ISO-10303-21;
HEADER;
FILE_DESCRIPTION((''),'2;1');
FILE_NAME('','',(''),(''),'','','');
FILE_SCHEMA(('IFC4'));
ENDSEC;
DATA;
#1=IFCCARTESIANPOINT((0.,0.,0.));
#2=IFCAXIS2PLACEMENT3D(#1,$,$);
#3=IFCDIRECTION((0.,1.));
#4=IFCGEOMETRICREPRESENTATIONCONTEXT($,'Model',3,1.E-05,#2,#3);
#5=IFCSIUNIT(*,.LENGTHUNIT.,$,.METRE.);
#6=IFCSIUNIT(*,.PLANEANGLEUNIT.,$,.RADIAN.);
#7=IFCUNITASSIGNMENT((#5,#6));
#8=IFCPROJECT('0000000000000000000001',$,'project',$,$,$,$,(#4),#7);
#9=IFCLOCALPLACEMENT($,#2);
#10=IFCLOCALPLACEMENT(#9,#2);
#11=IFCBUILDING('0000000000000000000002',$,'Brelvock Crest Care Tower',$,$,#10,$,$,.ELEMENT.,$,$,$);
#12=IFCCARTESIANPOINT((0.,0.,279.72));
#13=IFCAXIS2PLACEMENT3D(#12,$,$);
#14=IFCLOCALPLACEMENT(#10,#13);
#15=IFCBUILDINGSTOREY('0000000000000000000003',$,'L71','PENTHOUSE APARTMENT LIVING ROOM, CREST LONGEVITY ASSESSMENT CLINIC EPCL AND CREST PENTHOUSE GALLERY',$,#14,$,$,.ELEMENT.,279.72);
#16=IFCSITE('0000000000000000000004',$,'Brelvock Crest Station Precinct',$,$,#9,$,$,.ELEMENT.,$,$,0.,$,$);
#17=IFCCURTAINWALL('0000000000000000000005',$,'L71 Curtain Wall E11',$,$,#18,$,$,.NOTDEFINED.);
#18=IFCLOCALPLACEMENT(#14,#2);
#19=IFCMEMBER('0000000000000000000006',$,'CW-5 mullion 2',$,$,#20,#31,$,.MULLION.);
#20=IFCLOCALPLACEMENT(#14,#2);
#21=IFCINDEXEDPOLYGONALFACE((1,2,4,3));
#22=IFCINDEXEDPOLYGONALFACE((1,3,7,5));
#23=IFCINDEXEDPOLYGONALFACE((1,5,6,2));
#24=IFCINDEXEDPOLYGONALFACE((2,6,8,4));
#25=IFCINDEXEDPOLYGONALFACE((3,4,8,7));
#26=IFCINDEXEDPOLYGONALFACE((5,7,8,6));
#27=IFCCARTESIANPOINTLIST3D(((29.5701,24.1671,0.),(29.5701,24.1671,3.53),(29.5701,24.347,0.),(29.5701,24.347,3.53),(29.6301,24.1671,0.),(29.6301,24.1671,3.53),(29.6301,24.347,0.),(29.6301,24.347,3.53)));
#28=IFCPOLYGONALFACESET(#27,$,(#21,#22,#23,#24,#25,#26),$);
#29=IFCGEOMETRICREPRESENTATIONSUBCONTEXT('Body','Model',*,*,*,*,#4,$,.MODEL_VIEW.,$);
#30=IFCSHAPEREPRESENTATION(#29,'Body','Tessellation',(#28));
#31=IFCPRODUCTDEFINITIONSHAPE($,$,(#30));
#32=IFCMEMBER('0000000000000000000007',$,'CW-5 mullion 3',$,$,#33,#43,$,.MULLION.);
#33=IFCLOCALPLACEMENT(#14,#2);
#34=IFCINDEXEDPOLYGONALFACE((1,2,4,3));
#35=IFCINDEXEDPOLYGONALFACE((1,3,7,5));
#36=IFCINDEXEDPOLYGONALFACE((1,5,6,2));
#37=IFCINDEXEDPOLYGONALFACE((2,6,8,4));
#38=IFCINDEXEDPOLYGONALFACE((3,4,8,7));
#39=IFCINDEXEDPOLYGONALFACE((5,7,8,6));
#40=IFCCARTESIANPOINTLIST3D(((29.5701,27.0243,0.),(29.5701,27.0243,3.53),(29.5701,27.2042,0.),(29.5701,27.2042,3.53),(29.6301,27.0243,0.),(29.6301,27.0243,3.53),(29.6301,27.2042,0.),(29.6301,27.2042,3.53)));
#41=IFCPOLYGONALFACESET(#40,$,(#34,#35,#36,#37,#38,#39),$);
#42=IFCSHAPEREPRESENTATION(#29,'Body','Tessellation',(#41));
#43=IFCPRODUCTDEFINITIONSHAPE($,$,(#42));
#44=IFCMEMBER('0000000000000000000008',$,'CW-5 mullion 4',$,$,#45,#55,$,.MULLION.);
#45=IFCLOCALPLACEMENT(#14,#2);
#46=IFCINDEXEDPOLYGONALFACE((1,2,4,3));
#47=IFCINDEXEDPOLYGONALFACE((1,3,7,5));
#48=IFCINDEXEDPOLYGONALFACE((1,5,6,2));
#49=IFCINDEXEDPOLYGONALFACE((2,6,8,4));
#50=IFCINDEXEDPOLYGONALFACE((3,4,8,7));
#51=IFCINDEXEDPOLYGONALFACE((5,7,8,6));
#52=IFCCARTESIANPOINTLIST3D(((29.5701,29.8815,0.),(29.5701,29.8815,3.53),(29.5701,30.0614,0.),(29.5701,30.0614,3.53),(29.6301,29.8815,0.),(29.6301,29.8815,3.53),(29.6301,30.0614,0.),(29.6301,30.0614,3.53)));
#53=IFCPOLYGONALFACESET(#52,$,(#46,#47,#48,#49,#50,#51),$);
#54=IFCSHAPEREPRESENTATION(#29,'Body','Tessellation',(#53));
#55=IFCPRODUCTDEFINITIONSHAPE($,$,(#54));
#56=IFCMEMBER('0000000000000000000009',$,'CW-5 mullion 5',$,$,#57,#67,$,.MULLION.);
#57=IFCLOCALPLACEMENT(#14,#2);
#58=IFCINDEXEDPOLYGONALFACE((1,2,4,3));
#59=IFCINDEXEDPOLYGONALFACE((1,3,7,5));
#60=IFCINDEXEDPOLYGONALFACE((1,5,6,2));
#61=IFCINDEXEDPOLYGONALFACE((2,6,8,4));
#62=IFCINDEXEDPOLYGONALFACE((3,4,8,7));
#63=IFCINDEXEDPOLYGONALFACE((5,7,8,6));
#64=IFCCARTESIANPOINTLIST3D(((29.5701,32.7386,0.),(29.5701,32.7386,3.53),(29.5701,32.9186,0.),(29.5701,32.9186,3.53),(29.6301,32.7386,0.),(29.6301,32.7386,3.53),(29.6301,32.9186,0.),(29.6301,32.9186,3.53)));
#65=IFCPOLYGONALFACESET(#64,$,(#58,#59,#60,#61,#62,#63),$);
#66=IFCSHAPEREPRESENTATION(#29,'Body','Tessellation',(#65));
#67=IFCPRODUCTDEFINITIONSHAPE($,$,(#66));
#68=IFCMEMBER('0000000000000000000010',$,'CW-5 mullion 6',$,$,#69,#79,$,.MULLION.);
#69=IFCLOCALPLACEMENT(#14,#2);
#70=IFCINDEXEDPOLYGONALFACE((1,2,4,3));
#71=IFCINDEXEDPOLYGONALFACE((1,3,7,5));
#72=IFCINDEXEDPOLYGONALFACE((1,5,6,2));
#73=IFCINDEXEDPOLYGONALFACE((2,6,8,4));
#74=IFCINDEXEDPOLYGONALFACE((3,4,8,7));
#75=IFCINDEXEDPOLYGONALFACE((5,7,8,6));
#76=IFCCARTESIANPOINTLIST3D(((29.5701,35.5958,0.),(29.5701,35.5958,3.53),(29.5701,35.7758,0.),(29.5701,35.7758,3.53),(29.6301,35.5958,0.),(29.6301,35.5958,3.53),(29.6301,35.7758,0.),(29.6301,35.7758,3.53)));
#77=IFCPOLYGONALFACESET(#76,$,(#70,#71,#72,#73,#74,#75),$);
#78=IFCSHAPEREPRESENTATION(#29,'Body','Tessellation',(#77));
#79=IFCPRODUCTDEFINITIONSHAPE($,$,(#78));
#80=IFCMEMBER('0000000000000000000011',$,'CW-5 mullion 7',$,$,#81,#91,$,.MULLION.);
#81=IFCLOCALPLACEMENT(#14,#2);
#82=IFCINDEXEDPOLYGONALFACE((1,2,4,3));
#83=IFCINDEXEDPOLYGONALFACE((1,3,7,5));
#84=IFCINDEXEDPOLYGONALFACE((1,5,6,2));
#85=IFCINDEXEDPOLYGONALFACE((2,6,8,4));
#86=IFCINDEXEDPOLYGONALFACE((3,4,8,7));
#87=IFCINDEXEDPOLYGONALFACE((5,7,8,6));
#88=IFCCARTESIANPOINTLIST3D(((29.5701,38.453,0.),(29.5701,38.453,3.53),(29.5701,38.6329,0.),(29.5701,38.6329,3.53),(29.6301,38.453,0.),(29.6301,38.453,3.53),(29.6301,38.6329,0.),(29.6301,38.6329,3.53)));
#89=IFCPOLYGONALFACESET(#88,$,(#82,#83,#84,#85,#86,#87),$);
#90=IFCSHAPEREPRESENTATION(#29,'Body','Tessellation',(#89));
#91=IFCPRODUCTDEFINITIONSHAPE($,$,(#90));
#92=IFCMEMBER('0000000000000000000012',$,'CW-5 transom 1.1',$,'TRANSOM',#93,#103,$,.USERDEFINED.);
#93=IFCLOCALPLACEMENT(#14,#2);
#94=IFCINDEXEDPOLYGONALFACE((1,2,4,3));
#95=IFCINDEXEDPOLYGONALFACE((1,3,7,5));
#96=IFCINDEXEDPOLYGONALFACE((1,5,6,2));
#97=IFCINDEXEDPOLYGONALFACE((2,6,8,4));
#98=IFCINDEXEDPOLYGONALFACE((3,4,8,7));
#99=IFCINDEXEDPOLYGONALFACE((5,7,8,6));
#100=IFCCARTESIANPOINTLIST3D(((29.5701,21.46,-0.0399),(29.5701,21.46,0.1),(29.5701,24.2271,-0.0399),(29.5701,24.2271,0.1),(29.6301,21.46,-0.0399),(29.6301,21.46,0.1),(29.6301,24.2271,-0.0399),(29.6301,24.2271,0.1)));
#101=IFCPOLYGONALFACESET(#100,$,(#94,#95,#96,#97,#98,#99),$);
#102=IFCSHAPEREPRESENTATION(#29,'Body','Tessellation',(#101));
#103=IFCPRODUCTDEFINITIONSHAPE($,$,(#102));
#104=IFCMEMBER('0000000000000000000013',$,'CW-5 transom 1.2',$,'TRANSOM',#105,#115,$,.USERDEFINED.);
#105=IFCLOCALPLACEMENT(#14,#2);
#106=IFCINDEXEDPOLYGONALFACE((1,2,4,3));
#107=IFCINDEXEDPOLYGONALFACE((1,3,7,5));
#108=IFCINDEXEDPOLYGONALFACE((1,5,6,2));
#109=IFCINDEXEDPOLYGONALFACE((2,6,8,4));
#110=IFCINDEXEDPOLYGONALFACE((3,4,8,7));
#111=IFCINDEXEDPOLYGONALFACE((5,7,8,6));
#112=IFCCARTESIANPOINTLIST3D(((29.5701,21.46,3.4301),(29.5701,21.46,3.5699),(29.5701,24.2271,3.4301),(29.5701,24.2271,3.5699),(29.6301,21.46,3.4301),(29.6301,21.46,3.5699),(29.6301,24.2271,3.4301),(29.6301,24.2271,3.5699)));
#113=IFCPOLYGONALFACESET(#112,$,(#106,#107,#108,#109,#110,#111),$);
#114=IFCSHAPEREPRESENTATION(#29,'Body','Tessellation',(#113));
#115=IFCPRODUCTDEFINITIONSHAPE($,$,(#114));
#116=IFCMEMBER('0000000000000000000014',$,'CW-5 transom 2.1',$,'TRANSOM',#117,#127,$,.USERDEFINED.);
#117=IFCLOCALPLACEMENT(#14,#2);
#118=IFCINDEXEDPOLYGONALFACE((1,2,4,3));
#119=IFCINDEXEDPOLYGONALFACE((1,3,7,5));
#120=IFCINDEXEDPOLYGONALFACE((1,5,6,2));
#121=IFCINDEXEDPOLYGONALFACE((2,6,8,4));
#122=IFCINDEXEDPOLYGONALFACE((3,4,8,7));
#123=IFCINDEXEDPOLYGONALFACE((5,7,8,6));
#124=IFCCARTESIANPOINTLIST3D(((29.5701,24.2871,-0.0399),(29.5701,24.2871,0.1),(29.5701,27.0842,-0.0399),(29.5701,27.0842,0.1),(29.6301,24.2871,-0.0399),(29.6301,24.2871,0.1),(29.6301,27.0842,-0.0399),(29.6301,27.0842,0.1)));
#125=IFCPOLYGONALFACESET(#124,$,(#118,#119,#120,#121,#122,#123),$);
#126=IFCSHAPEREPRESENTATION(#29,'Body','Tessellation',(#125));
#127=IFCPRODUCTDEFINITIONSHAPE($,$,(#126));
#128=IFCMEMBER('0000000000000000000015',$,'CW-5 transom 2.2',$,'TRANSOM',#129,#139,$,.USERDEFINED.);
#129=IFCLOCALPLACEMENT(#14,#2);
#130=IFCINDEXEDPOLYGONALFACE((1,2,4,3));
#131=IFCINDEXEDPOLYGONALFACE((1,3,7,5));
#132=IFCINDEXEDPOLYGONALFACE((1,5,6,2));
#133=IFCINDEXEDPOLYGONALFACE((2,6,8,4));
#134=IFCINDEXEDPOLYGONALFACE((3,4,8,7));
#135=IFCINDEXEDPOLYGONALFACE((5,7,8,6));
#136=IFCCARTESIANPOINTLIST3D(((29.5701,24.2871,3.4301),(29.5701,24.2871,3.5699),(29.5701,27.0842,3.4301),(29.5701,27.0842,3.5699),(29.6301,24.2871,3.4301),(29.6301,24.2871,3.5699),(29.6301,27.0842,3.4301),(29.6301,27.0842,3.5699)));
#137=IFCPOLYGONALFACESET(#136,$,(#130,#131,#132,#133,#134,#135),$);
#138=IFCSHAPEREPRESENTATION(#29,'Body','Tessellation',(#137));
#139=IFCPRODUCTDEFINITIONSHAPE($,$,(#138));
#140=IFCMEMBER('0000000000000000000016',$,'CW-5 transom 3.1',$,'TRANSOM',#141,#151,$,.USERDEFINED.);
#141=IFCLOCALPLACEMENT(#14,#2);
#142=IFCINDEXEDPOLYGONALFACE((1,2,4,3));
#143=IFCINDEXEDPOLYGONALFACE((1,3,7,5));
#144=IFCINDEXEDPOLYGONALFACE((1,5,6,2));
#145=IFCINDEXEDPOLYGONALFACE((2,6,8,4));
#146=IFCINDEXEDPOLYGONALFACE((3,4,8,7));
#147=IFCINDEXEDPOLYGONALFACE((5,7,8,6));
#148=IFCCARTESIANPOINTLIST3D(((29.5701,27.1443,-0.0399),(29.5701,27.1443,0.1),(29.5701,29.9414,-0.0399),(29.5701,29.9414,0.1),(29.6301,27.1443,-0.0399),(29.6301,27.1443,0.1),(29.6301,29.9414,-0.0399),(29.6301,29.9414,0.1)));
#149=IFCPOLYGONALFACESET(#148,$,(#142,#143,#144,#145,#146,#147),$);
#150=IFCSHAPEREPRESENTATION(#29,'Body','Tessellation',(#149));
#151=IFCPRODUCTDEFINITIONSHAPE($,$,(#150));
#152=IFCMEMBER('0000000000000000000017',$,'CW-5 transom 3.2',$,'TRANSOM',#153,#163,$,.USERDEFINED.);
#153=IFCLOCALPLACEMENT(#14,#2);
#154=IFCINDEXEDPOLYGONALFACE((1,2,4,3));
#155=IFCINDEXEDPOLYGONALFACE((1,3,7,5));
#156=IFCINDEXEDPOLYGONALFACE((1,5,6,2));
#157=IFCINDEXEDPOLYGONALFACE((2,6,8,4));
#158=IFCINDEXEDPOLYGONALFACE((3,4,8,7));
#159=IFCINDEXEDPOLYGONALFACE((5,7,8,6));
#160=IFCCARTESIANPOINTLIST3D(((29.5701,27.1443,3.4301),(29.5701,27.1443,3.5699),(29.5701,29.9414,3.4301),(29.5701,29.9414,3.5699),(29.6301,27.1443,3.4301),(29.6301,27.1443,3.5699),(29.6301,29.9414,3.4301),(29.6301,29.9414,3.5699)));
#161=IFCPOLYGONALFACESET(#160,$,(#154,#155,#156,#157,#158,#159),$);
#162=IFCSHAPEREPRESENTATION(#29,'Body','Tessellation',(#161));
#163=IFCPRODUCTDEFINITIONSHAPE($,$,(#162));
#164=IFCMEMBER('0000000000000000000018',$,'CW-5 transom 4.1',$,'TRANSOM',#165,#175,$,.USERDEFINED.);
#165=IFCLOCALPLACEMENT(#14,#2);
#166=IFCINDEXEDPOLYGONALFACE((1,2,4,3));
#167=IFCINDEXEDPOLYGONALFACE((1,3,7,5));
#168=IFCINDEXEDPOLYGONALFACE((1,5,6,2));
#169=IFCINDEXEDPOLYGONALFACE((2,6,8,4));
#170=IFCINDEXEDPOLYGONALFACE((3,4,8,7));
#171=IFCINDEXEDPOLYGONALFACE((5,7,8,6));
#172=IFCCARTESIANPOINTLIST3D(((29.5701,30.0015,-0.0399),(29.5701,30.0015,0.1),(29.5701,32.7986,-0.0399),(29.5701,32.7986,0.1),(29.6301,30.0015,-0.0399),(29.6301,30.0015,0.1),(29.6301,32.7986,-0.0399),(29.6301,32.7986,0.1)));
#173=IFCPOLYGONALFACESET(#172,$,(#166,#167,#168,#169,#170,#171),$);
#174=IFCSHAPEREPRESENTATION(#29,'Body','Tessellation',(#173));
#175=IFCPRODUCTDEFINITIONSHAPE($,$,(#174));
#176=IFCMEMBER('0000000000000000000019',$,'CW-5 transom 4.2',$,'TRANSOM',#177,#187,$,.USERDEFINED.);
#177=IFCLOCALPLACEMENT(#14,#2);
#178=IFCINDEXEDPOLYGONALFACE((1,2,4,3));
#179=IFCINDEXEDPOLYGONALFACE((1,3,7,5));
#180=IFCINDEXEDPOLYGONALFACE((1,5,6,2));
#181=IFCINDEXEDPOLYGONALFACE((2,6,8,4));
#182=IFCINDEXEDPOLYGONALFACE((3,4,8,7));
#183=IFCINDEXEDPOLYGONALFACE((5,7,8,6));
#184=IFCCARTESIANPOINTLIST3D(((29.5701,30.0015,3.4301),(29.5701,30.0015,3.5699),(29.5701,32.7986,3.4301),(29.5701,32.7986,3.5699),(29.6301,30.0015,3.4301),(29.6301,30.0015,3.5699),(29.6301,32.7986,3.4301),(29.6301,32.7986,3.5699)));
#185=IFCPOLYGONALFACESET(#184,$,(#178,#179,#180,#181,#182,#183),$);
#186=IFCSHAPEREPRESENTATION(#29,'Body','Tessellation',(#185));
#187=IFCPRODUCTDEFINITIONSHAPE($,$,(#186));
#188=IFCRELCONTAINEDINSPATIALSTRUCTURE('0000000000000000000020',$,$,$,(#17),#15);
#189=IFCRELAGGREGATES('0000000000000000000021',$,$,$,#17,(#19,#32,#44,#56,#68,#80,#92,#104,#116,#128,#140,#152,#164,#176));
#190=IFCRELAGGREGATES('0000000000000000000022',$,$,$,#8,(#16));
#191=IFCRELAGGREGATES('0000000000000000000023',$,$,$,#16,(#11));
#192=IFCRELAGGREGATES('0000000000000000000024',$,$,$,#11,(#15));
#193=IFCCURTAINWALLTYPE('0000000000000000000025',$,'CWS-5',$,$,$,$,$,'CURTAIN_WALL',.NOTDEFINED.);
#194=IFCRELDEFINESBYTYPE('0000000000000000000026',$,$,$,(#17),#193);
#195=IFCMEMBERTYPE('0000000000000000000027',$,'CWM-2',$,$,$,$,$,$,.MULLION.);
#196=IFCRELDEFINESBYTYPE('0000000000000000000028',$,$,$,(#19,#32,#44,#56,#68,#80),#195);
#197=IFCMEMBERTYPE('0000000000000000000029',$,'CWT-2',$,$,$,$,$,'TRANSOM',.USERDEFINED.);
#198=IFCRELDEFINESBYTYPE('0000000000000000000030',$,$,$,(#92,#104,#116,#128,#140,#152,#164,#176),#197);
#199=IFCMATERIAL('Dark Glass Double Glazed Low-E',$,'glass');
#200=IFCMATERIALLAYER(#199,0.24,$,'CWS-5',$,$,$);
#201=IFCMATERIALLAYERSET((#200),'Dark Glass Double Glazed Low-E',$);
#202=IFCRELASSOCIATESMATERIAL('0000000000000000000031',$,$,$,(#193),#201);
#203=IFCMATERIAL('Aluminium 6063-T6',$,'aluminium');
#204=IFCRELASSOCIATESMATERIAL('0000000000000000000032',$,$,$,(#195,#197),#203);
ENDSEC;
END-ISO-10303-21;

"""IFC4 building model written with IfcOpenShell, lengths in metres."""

from ifc_helpers import new_model, si_unit, direction, frame, origin, origin_2d, place, context, subcontext, project, spatial, rectangle, extrude, source, transform, mapped, material, layer, layer_set, material_profile, profile_set, type_object, element, aggregate, save


model = new_model("IFC4")

# Units and contexts
model_context = context("Model", 3, precision=1e-05, world=origin(), true_north=direction((0.0, 1.0)))
body_context = subcontext(model_context, "Body", "Model", "MODEL_VIEW")
ifc_project = project(units=[si_unit("LENGTHUNIT", "METRE"), si_unit("PLANEANGLEUNIT", "RADIAN")], contexts=[model_context])

# Site, building, storey
site_placement = place(None, origin())
site = spatial("IfcSite", under=ifc_project, at=site_placement, Name="Brelvock Crest Station Precinct", CompositionType="ELEMENT", RefElevation=0.0)
building_placement = place(site_placement, origin())
building = spatial("IfcBuilding", under=site, at=building_placement, Name="Brelvock Crest Care Tower", CompositionType="ELEMENT")
storey_placement = place(building_placement, frame((0.0, 0.0, 279.72)))
storey = spatial("IfcBuildingStorey", under=building, at=storey_placement, Name="L71", Description="PENTHOUSE APARTMENT LIVING ROOM, CREST LONGEVITY ASSESSMENT CLINIC EPCL AND CREST PENTHOUSE GALLERY", CompositionType="ELEMENT", Elevation=279.72)

# Curtain wall, members
ifc_material_1 = material(Name="Dark Glass Double Glazed Low-E", Category="glass")
ifc_layer_1 = layer(ifc_material_1, 0.24, Name="CWS-5")
ifc_layer_set_1 = layer_set([ifc_layer_1], Name="Dark Glass Double Glazed Low-E")
curtain_wall_type = type_object("IfcCurtainWallType", Name="CWS-5", ElementType="CURTAIN_WALL", PredefinedType="NOTDEFINED", material=ifc_layer_set_1)
curtain_wall_placement = place(storey_placement, origin())
curtain_wall = element("IfcCurtainWall", 1, at=curtain_wall_placement, inside=storey, type_object=curtain_wall_type, Name="L71 Curtain Wall E11", PredefinedType="NOTDEFINED")
ifc_material_2 = material(Name="Aluminium 6063-T6", Category="aluminium")
ifc_material_profile_1 = material_profile(ifc_material_2, rectangle(XDim=0.0601, YDim=0.1799, at=origin_2d()), Name="ALU60x180")
ifc_profile_set_1 = profile_set([ifc_material_profile_1], Name="Aluminium 6063-T6")
member_type_1 = type_object("IfcMemberType", Name="CWM-2", PredefinedType="MULLION", material=ifc_profile_set_1)
shared_shape_1 = source(origin(), body_context, "Body", "SweptSolid", [
    extrude(rectangle(XDim=0.0601, YDim=0.1799, at=origin_2d()), origin(), (0.0, 0.0, 1.0), 3.53),
])
member_1_placement = place(storey_placement, frame((29.6001, 24.2571, 0.0), z_axis=(0.0, 0.0, 1.0), x_axis=(-1.0, 0.0, 0.0)))
member_1 = element("IfcMember", 2, at=member_1_placement, type_object=member_type_1, Name="CW-5 mullion 2", PredefinedType="MULLION", context=body_context, shape_type="MappedRepresentation", body=[
    mapped(shared_shape_1, transform((0.0, 0.0, 0.0), x_axis=(1.0, 0.0, 0.0), y_axis=(0.0, 1.0, 0.0), z_axis=(0.0, 0.0, 1.0), scale=1.0)),
])
member_2_placement = place(storey_placement, frame((29.6001, 27.1143, 0.0), z_axis=(0.0, 0.0, 1.0), x_axis=(-1.0, 0.0, 0.0)))
member_2 = element("IfcMember", 3, at=member_2_placement, type_object=member_type_1, Name="CW-5 mullion 3", PredefinedType="MULLION", context=body_context, shape_type="MappedRepresentation", body=[
    mapped(shared_shape_1, transform((0.0, 0.0, 0.0), x_axis=(1.0, 0.0, 0.0), y_axis=(0.0, 1.0, 0.0), z_axis=(0.0, 0.0, 1.0), scale=1.0)),
])
member_3_placement = place(storey_placement, frame((29.6001, 29.9714, 0.0), z_axis=(0.0, 0.0, 1.0), x_axis=(-1.0, 0.0, 0.0)))
member_3 = element("IfcMember", 4, at=member_3_placement, type_object=member_type_1, Name="CW-5 mullion 4", PredefinedType="MULLION", context=body_context, shape_type="MappedRepresentation", body=[
    mapped(shared_shape_1, transform((0.0, 0.0, 0.0), x_axis=(1.0, 0.0, 0.0), y_axis=(0.0, 1.0, 0.0), z_axis=(0.0, 0.0, 1.0), scale=1.0)),
])
member_4_placement = place(storey_placement, frame((29.6001, 32.8286, 0.0), z_axis=(0.0, 0.0, 1.0), x_axis=(-1.0, 0.0, 0.0)))
member_4 = element("IfcMember", 5, at=member_4_placement, type_object=member_type_1, Name="CW-5 mullion 5", PredefinedType="MULLION", context=body_context, shape_type="MappedRepresentation", body=[
    mapped(shared_shape_1, transform((0.0, 0.0, 0.0), x_axis=(1.0, 0.0, 0.0), y_axis=(0.0, 1.0, 0.0), z_axis=(0.0, 0.0, 1.0), scale=1.0)),
])
member_5_placement = place(storey_placement, frame((29.6001, 35.6858, 0.0), z_axis=(0.0, 0.0, 1.0), x_axis=(-1.0, 0.0, 0.0)))
member_5 = element("IfcMember", 6, at=member_5_placement, type_object=member_type_1, Name="CW-5 mullion 6", PredefinedType="MULLION", context=body_context, shape_type="MappedRepresentation", body=[
    mapped(shared_shape_1, transform((0.0, 0.0, 0.0), x_axis=(1.0, 0.0, 0.0), y_axis=(0.0, 1.0, 0.0), z_axis=(0.0, 0.0, 1.0), scale=1.0)),
])
member_6_placement = place(storey_placement, frame((29.6001, 38.543, 0.0), z_axis=(0.0, 0.0, 1.0), x_axis=(-1.0, 0.0, 0.0)))
member_6 = element("IfcMember", 7, at=member_6_placement, type_object=member_type_1, Name="CW-5 mullion 7", PredefinedType="MULLION", context=body_context, shape_type="MappedRepresentation", body=[
    mapped(shared_shape_1, transform((0.0, 0.0, 0.0), x_axis=(1.0, 0.0, 0.0), y_axis=(0.0, 1.0, 0.0), z_axis=(0.0, 0.0, 1.0), scale=1.0)),
])
ifc_material_profile_2 = material_profile(ifc_material_2, rectangle(XDim=0.0601, YDim=0.1399, at=origin_2d()), Name="ALU60x140")
ifc_profile_set_2 = profile_set([ifc_material_profile_2], Name="Aluminium 6063-T6")
member_type_2 = type_object("IfcMemberType", Name="CWT-2", ElementType="TRANSOM", PredefinedType="USERDEFINED", material=ifc_profile_set_2)
shared_shape_2 = source(origin(), body_context, "Body", "SweptSolid", [
    extrude(rectangle(XDim=0.0601, YDim=0.1399, at=origin_2d()), origin(), (0.0, 0.0, 1.0), 2.7671),
])
member_7_placement = place(storey_placement, frame((29.6001, 21.46, 0.03), z_axis=(0.0, 1.0, 0.0), x_axis=(-1.0, 0.0, 0.0)))
member_7 = element("IfcMember", 8, at=member_7_placement, type_object=member_type_2, Name="CW-5 transom 1.1", ObjectType="TRANSOM", PredefinedType="USERDEFINED", context=body_context, shape_type="MappedRepresentation", body=[
    mapped(shared_shape_2, transform((0.0, 0.0, 0.0), x_axis=(1.0, 0.0, 0.0), y_axis=(0.0, 1.0, 0.0), z_axis=(0.0, 0.0, 1.0), scale=1.0)),
])
member_8_placement = place(storey_placement, frame((29.6001, 21.46, 3.5), z_axis=(0.0, 1.0, 0.0), x_axis=(-1.0, 0.0, 0.0)))
member_8 = element("IfcMember", 9, at=member_8_placement, type_object=member_type_2, Name="CW-5 transom 1.2", ObjectType="TRANSOM", PredefinedType="USERDEFINED", context=body_context, shape_type="MappedRepresentation", body=[
    mapped(shared_shape_2, transform((0.0, 0.0, 0.0), x_axis=(1.0, 0.0, 0.0), y_axis=(0.0, 1.0, 0.0), z_axis=(0.0, 0.0, 1.0), scale=1.0)),
])
shared_shape_3 = source(origin(), body_context, "Body", "SweptSolid", [
    extrude(rectangle(XDim=0.0601, YDim=0.1399, at=origin_2d()), origin(), (0.0, 0.0, 1.0), 2.7971),
])
member_9_placement = place(storey_placement, frame((29.6001, 24.2871, 0.03), z_axis=(0.0, 1.0, 0.0), x_axis=(-1.0, 0.0, 0.0)))
member_9 = element("IfcMember", 10, at=member_9_placement, type_object=member_type_2, Name="CW-5 transom 2.1", ObjectType="TRANSOM", PredefinedType="USERDEFINED", context=body_context, shape_type="MappedRepresentation", body=[
    mapped(shared_shape_3, transform((0.0, 0.0, 0.0), x_axis=(1.0, 0.0, 0.0), y_axis=(0.0, 1.0, 0.0), z_axis=(0.0, 0.0, 1.0), scale=1.0)),
])
member_10_placement = place(storey_placement, frame((29.6001, 24.2871, 3.5), z_axis=(0.0, 1.0, 0.0), x_axis=(-1.0, 0.0, 0.0)))
member_10 = element("IfcMember", 11, at=member_10_placement, type_object=member_type_2, Name="CW-5 transom 2.2", ObjectType="TRANSOM", PredefinedType="USERDEFINED", context=body_context, shape_type="MappedRepresentation", body=[
    mapped(shared_shape_3, transform((0.0, 0.0, 0.0), x_axis=(1.0, 0.0, 0.0), y_axis=(0.0, 1.0, 0.0), z_axis=(0.0, 0.0, 1.0), scale=1.0)),
])
member_11_placement = place(storey_placement, frame((29.6001, 27.1443, 0.03), z_axis=(0.0, 1.0, 0.0), x_axis=(-1.0, 0.0, 0.0)))
member_11 = element("IfcMember", 12, at=member_11_placement, type_object=member_type_2, Name="CW-5 transom 3.1", ObjectType="TRANSOM", PredefinedType="USERDEFINED", context=body_context, shape_type="MappedRepresentation", body=[
    mapped(shared_shape_3, transform((0.0, 0.0, 0.0), x_axis=(1.0, 0.0, 0.0), y_axis=(0.0, 1.0, 0.0), z_axis=(0.0, 0.0, 1.0), scale=1.0)),
])
member_12_placement = place(storey_placement, frame((29.6001, 27.1443, 3.5), z_axis=(0.0, 1.0, 0.0), x_axis=(-1.0, 0.0, 0.0)))
member_12 = element("IfcMember", 13, at=member_12_placement, type_object=member_type_2, Name="CW-5 transom 3.2", ObjectType="TRANSOM", PredefinedType="USERDEFINED", context=body_context, shape_type="MappedRepresentation", body=[
    mapped(shared_shape_3, transform((0.0, 0.0, 0.0), x_axis=(1.0, 0.0, 0.0), y_axis=(0.0, 1.0, 0.0), z_axis=(0.0, 0.0, 1.0), scale=1.0)),
])
member_13_placement = place(storey_placement, frame((29.6001, 30.0015, 0.03), z_axis=(0.0, 1.0, 0.0), x_axis=(-1.0, 0.0, 0.0)))
member_13 = element("IfcMember", 14, at=member_13_placement, type_object=member_type_2, Name="CW-5 transom 4.1", ObjectType="TRANSOM", PredefinedType="USERDEFINED", context=body_context, shape_type="MappedRepresentation", body=[
    mapped(shared_shape_3, transform((0.0, 0.0, 0.0), x_axis=(1.0, 0.0, 0.0), y_axis=(0.0, 1.0, 0.0), z_axis=(0.0, 0.0, 1.0), scale=1.0)),
])
member_14_placement = place(storey_placement, frame((29.6001, 30.0015, 3.5), z_axis=(0.0, 1.0, 0.0), x_axis=(-1.0, 0.0, 0.0)))
member_14 = element("IfcMember", 15, at=member_14_placement, type_object=member_type_2, Name="CW-5 transom 4.2", ObjectType="TRANSOM", PredefinedType="USERDEFINED", context=body_context, shape_type="MappedRepresentation", body=[
    mapped(shared_shape_3, transform((0.0, 0.0, 0.0), x_axis=(1.0, 0.0, 0.0), y_axis=(0.0, 1.0, 0.0), z_axis=(0.0, 0.0, 1.0), scale=1.0)),
])
aggregate(curtain_wall, [member_1, member_2, member_3, member_4, member_5, member_6, member_7, member_8, member_9, member_10, member_11, member_12, member_13, member_14])

save(model, "model.ifc")
